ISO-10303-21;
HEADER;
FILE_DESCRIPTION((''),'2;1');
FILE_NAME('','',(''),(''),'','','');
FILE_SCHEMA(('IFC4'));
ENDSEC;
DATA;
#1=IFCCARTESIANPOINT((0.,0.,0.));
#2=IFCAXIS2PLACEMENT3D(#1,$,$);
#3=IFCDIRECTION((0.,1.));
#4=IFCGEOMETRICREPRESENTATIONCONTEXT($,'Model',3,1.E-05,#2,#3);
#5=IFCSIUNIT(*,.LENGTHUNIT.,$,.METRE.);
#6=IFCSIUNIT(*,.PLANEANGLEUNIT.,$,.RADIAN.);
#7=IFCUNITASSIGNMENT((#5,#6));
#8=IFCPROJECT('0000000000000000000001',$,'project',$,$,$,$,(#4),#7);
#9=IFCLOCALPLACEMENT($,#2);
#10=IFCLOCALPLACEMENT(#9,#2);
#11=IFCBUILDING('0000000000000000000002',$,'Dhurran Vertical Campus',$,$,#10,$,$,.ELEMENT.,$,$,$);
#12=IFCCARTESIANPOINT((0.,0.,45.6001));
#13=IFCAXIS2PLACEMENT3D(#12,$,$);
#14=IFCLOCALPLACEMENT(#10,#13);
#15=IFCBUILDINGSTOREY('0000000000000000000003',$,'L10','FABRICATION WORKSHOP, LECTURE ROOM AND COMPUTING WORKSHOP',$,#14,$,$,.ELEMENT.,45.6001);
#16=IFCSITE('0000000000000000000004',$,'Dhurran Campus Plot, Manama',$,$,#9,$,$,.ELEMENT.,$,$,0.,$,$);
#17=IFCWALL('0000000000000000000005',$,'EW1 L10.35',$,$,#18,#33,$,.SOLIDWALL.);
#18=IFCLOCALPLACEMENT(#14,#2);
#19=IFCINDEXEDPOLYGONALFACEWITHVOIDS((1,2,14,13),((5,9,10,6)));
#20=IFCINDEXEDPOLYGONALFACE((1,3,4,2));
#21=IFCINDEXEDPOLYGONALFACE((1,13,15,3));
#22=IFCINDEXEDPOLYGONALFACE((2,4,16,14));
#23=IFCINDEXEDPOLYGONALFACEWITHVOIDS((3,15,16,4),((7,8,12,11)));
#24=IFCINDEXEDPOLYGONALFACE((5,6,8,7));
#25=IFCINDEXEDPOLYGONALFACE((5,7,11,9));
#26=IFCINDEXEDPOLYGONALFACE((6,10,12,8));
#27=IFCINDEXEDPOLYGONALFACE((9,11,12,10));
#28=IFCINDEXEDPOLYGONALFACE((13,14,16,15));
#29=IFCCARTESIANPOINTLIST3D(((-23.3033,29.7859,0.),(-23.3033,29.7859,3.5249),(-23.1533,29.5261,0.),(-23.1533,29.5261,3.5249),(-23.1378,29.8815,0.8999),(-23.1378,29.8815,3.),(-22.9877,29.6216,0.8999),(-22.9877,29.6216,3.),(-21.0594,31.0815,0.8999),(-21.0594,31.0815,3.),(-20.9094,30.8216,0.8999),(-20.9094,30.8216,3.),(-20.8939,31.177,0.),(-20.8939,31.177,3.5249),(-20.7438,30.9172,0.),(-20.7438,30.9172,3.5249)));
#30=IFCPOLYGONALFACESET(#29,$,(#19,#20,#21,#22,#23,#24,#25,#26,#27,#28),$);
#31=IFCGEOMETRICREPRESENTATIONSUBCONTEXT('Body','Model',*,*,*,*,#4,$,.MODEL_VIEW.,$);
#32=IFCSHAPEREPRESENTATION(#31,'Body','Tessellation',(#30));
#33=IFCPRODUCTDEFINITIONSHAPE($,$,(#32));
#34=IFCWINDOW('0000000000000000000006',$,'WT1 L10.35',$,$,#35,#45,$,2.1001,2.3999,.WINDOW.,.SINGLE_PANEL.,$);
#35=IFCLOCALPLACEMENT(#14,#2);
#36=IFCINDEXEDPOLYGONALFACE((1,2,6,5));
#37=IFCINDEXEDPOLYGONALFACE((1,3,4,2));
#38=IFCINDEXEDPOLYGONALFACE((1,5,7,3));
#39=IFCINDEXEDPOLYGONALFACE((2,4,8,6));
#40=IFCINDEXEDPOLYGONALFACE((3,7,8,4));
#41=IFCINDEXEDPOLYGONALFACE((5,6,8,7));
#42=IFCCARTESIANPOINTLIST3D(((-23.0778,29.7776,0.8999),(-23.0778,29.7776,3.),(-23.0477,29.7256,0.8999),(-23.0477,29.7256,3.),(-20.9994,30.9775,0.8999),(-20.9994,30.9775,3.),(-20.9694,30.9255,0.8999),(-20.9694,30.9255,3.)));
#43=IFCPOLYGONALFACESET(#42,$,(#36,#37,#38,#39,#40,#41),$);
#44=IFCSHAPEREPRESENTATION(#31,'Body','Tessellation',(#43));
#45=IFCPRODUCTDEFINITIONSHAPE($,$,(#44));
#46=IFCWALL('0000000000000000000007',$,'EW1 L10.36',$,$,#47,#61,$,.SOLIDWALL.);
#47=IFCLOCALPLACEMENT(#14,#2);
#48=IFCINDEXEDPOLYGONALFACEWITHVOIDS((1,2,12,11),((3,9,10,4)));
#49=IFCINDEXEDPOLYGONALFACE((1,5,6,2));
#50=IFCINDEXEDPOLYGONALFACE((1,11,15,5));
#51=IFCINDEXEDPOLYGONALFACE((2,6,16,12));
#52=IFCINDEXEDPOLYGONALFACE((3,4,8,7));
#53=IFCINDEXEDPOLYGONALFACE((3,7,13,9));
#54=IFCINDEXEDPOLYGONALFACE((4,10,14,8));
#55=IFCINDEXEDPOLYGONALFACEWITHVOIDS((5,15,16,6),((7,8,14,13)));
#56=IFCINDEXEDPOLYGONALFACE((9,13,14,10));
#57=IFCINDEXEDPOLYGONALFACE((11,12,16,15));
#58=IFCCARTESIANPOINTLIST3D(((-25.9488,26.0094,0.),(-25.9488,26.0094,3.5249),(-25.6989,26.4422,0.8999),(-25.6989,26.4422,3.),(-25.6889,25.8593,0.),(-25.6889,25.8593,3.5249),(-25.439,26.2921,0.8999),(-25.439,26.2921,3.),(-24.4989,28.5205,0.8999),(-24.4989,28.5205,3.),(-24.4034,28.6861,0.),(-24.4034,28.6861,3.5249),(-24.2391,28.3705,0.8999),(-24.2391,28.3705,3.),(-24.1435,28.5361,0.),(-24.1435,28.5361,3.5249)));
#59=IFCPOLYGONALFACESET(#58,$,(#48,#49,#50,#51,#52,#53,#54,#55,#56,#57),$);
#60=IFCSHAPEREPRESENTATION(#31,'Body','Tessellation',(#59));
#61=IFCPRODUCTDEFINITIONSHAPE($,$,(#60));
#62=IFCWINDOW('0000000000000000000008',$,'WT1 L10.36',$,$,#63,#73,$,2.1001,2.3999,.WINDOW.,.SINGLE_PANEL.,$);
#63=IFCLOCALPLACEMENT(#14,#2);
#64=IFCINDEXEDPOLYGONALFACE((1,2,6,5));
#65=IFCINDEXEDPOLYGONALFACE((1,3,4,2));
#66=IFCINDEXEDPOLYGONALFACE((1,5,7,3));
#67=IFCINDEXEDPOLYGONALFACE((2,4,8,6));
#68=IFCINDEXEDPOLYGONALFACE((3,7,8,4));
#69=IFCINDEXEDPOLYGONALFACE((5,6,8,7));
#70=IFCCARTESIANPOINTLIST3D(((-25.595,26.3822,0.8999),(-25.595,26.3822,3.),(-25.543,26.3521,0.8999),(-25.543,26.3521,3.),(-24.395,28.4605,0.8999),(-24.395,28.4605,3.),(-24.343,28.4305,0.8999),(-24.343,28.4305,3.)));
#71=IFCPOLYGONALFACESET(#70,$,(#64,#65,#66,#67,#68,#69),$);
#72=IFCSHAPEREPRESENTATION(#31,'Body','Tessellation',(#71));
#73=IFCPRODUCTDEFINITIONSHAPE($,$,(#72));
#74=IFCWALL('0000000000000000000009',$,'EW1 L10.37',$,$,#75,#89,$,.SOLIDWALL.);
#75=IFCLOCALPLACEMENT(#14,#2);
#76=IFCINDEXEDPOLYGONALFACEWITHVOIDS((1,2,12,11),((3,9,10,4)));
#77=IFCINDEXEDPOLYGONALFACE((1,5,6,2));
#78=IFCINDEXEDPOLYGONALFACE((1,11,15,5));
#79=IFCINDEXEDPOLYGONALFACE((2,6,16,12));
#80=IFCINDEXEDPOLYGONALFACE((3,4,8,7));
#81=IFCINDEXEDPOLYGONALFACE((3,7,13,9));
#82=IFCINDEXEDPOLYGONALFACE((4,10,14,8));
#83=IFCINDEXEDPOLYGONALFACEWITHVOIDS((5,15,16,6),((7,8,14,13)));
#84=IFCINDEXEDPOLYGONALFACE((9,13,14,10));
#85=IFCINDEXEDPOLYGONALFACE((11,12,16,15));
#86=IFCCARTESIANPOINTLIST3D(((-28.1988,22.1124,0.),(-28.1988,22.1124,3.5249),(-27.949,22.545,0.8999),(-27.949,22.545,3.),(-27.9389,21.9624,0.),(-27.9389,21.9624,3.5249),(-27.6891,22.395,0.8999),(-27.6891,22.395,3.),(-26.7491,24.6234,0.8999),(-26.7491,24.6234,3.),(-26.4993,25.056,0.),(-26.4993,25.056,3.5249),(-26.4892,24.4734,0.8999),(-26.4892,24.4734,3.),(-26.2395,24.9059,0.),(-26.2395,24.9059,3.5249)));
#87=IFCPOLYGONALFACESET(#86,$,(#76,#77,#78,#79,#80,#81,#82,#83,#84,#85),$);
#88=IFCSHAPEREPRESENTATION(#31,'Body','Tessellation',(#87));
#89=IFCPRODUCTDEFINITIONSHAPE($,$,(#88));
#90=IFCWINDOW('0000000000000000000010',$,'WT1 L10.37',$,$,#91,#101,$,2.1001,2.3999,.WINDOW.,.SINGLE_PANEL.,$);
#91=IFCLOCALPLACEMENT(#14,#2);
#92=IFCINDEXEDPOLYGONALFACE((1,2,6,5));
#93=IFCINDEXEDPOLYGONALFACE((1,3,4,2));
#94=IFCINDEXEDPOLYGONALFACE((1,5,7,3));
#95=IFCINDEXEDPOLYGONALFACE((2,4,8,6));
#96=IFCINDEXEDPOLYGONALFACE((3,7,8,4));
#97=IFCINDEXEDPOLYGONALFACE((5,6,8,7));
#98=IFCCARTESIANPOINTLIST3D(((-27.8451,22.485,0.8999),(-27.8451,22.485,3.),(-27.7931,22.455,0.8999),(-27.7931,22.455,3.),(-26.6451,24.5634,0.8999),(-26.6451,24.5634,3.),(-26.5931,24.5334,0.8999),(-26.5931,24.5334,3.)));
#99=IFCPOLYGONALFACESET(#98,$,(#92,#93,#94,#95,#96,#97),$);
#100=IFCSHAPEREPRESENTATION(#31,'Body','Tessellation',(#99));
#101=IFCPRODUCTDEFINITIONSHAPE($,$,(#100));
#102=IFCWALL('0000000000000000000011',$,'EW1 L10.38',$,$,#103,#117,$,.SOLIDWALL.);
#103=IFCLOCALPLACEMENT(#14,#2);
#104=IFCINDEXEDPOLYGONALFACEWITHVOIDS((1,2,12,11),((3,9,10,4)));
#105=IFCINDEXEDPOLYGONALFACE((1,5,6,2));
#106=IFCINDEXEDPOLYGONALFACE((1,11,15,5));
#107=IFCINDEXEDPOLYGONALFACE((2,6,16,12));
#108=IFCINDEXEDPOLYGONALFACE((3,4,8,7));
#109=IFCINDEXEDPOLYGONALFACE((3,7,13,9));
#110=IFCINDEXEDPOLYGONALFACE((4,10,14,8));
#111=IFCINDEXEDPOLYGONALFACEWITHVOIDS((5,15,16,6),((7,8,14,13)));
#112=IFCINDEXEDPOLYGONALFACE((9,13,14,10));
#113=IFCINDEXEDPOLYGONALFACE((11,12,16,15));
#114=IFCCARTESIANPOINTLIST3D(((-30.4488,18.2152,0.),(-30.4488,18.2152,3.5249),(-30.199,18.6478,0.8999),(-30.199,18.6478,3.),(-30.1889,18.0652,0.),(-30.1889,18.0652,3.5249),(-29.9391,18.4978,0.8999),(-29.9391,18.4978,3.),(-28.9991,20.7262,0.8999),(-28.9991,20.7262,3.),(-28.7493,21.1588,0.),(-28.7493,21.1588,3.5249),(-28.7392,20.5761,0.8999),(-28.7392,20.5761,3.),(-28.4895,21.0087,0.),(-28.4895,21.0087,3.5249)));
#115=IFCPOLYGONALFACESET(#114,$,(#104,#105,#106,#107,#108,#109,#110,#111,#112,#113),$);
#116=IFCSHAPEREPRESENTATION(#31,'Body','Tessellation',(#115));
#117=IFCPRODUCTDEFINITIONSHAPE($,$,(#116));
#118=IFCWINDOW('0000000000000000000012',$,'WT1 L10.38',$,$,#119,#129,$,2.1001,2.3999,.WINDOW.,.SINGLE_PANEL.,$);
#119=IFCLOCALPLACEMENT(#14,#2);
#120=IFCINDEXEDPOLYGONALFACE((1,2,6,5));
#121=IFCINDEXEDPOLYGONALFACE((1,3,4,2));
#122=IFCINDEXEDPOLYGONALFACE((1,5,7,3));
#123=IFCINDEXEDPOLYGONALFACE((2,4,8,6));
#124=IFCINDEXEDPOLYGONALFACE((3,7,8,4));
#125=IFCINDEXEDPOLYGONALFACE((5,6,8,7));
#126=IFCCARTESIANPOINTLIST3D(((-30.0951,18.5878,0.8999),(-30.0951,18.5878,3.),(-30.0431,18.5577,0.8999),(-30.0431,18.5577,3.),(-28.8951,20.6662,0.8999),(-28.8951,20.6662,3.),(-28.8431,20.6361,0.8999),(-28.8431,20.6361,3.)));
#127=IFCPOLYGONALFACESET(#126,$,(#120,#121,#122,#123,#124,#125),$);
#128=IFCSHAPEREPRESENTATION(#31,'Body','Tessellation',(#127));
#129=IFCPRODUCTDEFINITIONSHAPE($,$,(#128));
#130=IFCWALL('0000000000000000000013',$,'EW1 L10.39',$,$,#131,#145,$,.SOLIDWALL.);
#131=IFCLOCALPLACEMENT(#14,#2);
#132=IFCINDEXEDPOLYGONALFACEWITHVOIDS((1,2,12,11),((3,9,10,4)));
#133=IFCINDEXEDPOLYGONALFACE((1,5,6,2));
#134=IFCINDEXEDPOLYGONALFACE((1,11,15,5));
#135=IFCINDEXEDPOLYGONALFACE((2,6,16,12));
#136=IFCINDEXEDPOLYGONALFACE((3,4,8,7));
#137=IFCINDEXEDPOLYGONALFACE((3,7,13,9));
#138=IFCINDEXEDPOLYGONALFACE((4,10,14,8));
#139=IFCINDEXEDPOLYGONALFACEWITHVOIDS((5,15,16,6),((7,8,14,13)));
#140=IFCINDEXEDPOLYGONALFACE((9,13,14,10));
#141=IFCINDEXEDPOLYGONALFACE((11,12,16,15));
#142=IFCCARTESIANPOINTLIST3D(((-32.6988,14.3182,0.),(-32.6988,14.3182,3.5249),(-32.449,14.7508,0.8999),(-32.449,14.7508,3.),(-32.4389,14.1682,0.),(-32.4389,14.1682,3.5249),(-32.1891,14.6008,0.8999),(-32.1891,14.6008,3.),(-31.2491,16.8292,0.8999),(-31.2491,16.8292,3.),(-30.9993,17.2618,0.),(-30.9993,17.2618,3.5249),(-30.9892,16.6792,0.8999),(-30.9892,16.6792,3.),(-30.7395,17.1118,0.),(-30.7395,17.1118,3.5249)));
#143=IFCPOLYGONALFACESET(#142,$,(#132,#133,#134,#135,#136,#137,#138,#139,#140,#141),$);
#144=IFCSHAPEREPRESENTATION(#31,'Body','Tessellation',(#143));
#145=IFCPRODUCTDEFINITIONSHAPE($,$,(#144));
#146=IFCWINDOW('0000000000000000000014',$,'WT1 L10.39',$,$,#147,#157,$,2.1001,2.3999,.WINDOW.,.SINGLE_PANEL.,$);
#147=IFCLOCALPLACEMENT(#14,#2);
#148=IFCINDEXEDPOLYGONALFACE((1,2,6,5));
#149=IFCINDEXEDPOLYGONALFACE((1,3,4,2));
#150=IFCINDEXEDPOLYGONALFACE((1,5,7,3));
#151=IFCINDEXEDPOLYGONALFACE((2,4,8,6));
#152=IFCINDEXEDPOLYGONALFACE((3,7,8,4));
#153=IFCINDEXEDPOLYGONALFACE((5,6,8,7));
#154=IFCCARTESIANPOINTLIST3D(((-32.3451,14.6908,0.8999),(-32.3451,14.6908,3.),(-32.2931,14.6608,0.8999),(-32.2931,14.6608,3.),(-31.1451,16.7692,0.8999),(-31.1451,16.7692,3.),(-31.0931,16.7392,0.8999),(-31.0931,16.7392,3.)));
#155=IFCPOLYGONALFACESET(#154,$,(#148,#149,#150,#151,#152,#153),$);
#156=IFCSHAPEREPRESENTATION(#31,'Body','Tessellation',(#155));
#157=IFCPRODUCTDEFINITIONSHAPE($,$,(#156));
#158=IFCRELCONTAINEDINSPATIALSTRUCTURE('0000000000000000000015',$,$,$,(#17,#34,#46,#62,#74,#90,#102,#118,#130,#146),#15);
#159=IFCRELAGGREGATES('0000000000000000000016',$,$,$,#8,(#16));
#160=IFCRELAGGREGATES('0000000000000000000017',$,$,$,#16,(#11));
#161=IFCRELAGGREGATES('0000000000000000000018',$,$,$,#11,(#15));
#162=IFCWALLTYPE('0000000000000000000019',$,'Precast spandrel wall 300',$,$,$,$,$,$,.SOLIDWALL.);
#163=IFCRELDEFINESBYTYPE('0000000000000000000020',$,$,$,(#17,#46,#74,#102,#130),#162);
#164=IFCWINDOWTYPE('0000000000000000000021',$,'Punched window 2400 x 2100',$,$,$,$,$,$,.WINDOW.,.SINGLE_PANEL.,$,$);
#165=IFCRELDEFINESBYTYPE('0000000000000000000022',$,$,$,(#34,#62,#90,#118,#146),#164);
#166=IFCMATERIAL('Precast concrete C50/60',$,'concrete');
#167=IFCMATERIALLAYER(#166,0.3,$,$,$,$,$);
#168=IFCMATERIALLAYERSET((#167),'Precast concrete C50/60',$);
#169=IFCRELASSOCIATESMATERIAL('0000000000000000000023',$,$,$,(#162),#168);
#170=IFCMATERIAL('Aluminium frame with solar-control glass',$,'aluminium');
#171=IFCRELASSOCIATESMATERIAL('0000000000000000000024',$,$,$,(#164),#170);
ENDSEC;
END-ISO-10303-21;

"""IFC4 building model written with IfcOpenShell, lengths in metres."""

from ifc_helpers import new_model, si_unit, direction, frame, frame_2d, origin, place, context, subcontext, project, spatial, rectangle, extrude, material, layer, layer_set, type_object, element, fill, save


model = new_model("IFC4")

# Units and contexts
model_context = context("Model", 3, precision=1e-05, world=origin(), true_north=direction((0.0, 1.0)))
body_context = subcontext(model_context, "Body", "Model", "MODEL_VIEW")
ifc_project = project(units=[si_unit("LENGTHUNIT", "METRE"), si_unit("PLANEANGLEUNIT", "RADIAN")], contexts=[model_context])

# Site, building, storey
site_placement = place(None, origin())
site = spatial("IfcSite", under=ifc_project, at=site_placement, Name="Dhurran Campus Plot, Manama", CompositionType="ELEMENT", RefElevation=0.0)
building_placement = place(site_placement, origin())
building = spatial("IfcBuilding", under=site, at=building_placement, Name="Dhurran Vertical Campus", CompositionType="ELEMENT")
storey_placement = place(building_placement, frame((0.0, 0.0, 45.6001)))
storey = spatial("IfcBuildingStorey", under=building, at=storey_placement, Name="L10", Description="FABRICATION WORKSHOP, LECTURE ROOM AND COMPUTING WORKSHOP", CompositionType="ELEMENT", Elevation=45.6001)

# Walls, openings, windows
ifc_material_1 = material(Name="Precast concrete C50/60", Category="concrete")
ifc_layer_1 = layer(ifc_material_1, 0.3)
ifc_layer_set_1 = layer_set([ifc_layer_1], Name="Precast concrete C50/60")
wall_type_1 = type_object("IfcWallType", Name="Precast spandrel wall 300", PredefinedType="SOLIDWALL", material=ifc_layer_set_1)
ifc_material_2 = material(Name="Aluminium frame with solar-control glass", Category="aluminium")
window_type = type_object("IfcWindowType", Name="Punched window 2400 x 2100", PartitioningType="SINGLE_PANEL", PredefinedType="WINDOW", material=ifc_material_2)
wall_1_placement = place(storey_placement, frame((-20.8188, 31.0471, 0.0), z_axis=(0.0, 0.0, 1.0), x_axis=(-0.86602, -0.500009, 0.0)))
wall_1 = element("IfcWall", 1, at=wall_1_placement, inside=storey, type_object=wall_type_1, Name="EW1 L10.35", PredefinedType="SOLIDWALL", context=body_context, shape_type="SweptSolid", body=[
    extrude(rectangle(XDim=2.7822, YDim=0.3, at=frame_2d((1.3911, 0.0))), origin(), (0.0, 0.0, 1.0), 3.5249),
])
opening_1_placement = place(wall_1_placement, frame((0.1912, 0.0, 0.8999)))
opening_1 = element("IfcOpeningElement", 2, at=opening_1_placement, cuts=wall_1, PredefinedType="OPENING", context=body_context, shape_type="SweptSolid", body=[
    extrude(rectangle(XDim=2.3999, YDim=2.1001, at=frame_2d((1.2, 1.05))), frame((0.0, 0.1599, 0.0), z_axis=(0.0, -1.0, 0.0), x_axis=(1.0, 0.0, 0.0)), (0.0, 0.0, 1.0), 0.3201),
])
window_1_placement = place(opening_1_placement, origin())
window_1 = element("IfcWindow", 3, at=window_1_placement, inside=storey, type_object=window_type, Name="WT1 L10.35", OverallHeight=2.1001, OverallWidth=2.3999, PartitioningType="SINGLE_PANEL", PredefinedType="WINDOW", context=body_context, shape_type="SweptSolid", body=[
    extrude(rectangle(XDim=2.3999, YDim=2.1001, at=frame_2d((1.2, 1.05))), frame((0.0, 0.03, 0.0), z_axis=(0.0, -1.0, 0.0), x_axis=(1.0, 0.0, 0.0)), (0.0, 0.0, 1.0), 0.0601),
])
fill(opening_1, window_1)
wall_2_placement = place(storey_placement, frame((-24.2734, 28.6111, 0.0), z_axis=(0.0, 0.0, 1.0), x_axis=(-0.499996, -0.866028, 0.0)))
wall_2 = element("IfcWall", 4, at=wall_2_placement, inside=storey, type_object=wall_type_1, Name="EW1 L10.36", PredefinedType="SOLIDWALL", context=body_context, shape_type="SweptSolid", body=[
    extrude(rectangle(XDim=3.0908, YDim=0.3, at=frame_2d((1.5454, 0.0))), origin(), (0.0, 0.0, 1.0), 3.5249),
])
opening_2_placement = place(wall_2_placement, frame((0.1912, 0.0, 0.8999)))
opening_2 = element("IfcOpeningElement", 5, at=opening_2_placement, cuts=wall_2, PredefinedType="OPENING", context=body_context, shape_type="SweptSolid", body=[
    extrude(rectangle(XDim=2.3999, YDim=2.1001, at=frame_2d((1.2, 1.05))), frame((0.0, 0.1599, 0.0), z_axis=(0.0, -1.0, 0.0), x_axis=(1.0, 0.0, 0.0)), (0.0, 0.0, 1.0), 0.3201),
])
window_2_placement = place(opening_2_placement, origin())
window_2 = element("IfcWindow", 6, at=window_2_placement, inside=storey, type_object=window_type, Name="WT1 L10.36", OverallHeight=2.1001, OverallWidth=2.3999, PartitioningType="SINGLE_PANEL", PredefinedType="WINDOW", context=body_context, shape_type="SweptSolid", body=[
    extrude(rectangle(XDim=2.3999, YDim=2.1001, at=frame_2d((1.2, 1.05))), frame((0.0, 0.03, 0.0), z_axis=(0.0, -1.0, 0.0), x_axis=(1.0, 0.0, 0.0)), (0.0, 0.0, 1.0), 0.0601),
])
fill(opening_2, window_2)
wall_3_placement = place(storey_placement, frame((-26.3694, 24.981, 0.0), z_axis=(0.0, 0.0, 1.0), x_axis=(-0.499994, -0.866029, 0.0)))
wall_3 = element("IfcWall", 7, at=wall_3_placement, inside=storey, type_object=wall_type_1, Name="EW1 L10.37", PredefinedType="SOLIDWALL", context=body_context, shape_type="SweptSolid", body=[
    extrude(rectangle(XDim=3.3989, YDim=0.3, at=frame_2d((1.6995, 0.0))), origin(), (0.0, 0.0, 1.0), 3.5249),
])
opening_3_placement = place(wall_3_placement, frame((0.4995, 0.0, 0.8999)))
opening_3 = element("IfcOpeningElement", 8, at=opening_3_placement, cuts=wall_3, PredefinedType="OPENING", context=body_context, shape_type="SweptSolid", body=[
    extrude(rectangle(XDim=2.3999, YDim=2.1001, at=frame_2d((1.2, 1.05))), frame((0.0, 0.1599, 0.0), z_axis=(0.0, -1.0, 0.0), x_axis=(1.0, 0.0, 0.0)), (0.0, 0.0, 1.0), 0.3201),
])
window_3_placement = place(opening_3_placement, origin())
window_3 = element("IfcWindow", 9, at=window_3_placement, inside=storey, type_object=window_type, Name="WT1 L10.37", OverallHeight=2.1001, OverallWidth=2.3999, PartitioningType="SINGLE_PANEL", PredefinedType="WINDOW", context=body_context, shape_type="SweptSolid", body=[
    extrude(rectangle(XDim=2.3999, YDim=2.1001, at=frame_2d((1.2, 1.05))), frame((0.0, 0.03, 0.0), z_axis=(0.0, -1.0, 0.0), x_axis=(1.0, 0.0, 0.0)), (0.0, 0.0, 1.0), 0.0601),
])
fill(opening_3, window_3)
wall_4_placement = place(storey_placement, frame((-28.6194, 21.0837, 0.0), z_axis=(0.0, 0.0, 1.0), x_axis=(-0.499994, -0.866029, 0.0)))
wall_4 = element("IfcWall", 10, at=wall_4_placement, inside=storey, type_object=wall_type_1, Name="EW1 L10.38", PredefinedType="SOLIDWALL", context=body_context, shape_type="SweptSolid", body=[
    extrude(rectangle(XDim=3.3989, YDim=0.3, at=frame_2d((1.6995, 0.0))), origin(), (0.0, 0.0, 1.0), 3.5249),
])
opening_4_placement = place(wall_4_placement, frame((0.4995, 0.0, 0.8999)))
opening_4 = element("IfcOpeningElement", 11, at=opening_4_placement, cuts=wall_4, PredefinedType="OPENING", context=body_context, shape_type="SweptSolid", body=[
    extrude(rectangle(XDim=2.3999, YDim=2.1001, at=frame_2d((1.2, 1.05))), frame((0.0, 0.1599, 0.0), z_axis=(0.0, -1.0, 0.0), x_axis=(1.0, 0.0, 0.0)), (0.0, 0.0, 1.0), 0.3201),
])
window_4_placement = place(opening_4_placement, origin())
window_4 = element("IfcWindow", 12, at=window_4_placement, inside=storey, type_object=window_type, Name="WT1 L10.38", OverallHeight=2.1001, OverallWidth=2.3999, PartitioningType="SINGLE_PANEL", PredefinedType="WINDOW", context=body_context, shape_type="SweptSolid", body=[
    extrude(rectangle(XDim=2.3999, YDim=2.1001, at=frame_2d((1.2, 1.05))), frame((0.0, 0.03, 0.0), z_axis=(0.0, -1.0, 0.0), x_axis=(1.0, 0.0, 0.0)), (0.0, 0.0, 1.0), 0.0601),
])
fill(opening_4, window_4)
wall_5_placement = place(storey_placement, frame((-30.8694, 17.1868, 0.0), z_axis=(0.0, 0.0, 1.0), x_axis=(-0.499994, -0.866029, 0.0)))
wall_5 = element("IfcWall", 13, at=wall_5_placement, inside=storey, type_object=wall_type_1, Name="EW1 L10.39", PredefinedType="SOLIDWALL", context=body_context, shape_type="SweptSolid", body=[
    extrude(rectangle(XDim=3.3989, YDim=0.3, at=frame_2d((1.6995, 0.0))), origin(), (0.0, 0.0, 1.0), 3.5249),
])
opening_5_placement = place(wall_5_placement, frame((0.4995, 0.0, 0.8999)))
opening_5 = element("IfcOpeningElement", 14, at=opening_5_placement, cuts=wall_5, PredefinedType="OPENING", context=body_context, shape_type="SweptSolid", body=[
    extrude(rectangle(XDim=2.3999, YDim=2.1001, at=frame_2d((1.2, 1.05))), frame((0.0, 0.1599, 0.0), z_axis=(0.0, -1.0, 0.0), x_axis=(1.0, 0.0, 0.0)), (0.0, 0.0, 1.0), 0.3201),
])
window_5_placement = place(opening_5_placement, origin())
window_5 = element("IfcWindow", 15, at=window_5_placement, inside=storey, type_object=window_type, Name="WT1 L10.39", OverallHeight=2.1001, OverallWidth=2.3999, PartitioningType="SINGLE_PANEL", PredefinedType="WINDOW", context=body_context, shape_type="SweptSolid", body=[
    extrude(rectangle(XDim=2.3999, YDim=2.1001, at=frame_2d((1.2, 1.05))), frame((0.0, 0.03, 0.0), z_axis=(0.0, -1.0, 0.0), x_axis=(1.0, 0.0, 0.0)), (0.0, 0.0, 1.0), 0.0601),
])
fill(opening_5, window_5)

save(model, "model.ifc")
